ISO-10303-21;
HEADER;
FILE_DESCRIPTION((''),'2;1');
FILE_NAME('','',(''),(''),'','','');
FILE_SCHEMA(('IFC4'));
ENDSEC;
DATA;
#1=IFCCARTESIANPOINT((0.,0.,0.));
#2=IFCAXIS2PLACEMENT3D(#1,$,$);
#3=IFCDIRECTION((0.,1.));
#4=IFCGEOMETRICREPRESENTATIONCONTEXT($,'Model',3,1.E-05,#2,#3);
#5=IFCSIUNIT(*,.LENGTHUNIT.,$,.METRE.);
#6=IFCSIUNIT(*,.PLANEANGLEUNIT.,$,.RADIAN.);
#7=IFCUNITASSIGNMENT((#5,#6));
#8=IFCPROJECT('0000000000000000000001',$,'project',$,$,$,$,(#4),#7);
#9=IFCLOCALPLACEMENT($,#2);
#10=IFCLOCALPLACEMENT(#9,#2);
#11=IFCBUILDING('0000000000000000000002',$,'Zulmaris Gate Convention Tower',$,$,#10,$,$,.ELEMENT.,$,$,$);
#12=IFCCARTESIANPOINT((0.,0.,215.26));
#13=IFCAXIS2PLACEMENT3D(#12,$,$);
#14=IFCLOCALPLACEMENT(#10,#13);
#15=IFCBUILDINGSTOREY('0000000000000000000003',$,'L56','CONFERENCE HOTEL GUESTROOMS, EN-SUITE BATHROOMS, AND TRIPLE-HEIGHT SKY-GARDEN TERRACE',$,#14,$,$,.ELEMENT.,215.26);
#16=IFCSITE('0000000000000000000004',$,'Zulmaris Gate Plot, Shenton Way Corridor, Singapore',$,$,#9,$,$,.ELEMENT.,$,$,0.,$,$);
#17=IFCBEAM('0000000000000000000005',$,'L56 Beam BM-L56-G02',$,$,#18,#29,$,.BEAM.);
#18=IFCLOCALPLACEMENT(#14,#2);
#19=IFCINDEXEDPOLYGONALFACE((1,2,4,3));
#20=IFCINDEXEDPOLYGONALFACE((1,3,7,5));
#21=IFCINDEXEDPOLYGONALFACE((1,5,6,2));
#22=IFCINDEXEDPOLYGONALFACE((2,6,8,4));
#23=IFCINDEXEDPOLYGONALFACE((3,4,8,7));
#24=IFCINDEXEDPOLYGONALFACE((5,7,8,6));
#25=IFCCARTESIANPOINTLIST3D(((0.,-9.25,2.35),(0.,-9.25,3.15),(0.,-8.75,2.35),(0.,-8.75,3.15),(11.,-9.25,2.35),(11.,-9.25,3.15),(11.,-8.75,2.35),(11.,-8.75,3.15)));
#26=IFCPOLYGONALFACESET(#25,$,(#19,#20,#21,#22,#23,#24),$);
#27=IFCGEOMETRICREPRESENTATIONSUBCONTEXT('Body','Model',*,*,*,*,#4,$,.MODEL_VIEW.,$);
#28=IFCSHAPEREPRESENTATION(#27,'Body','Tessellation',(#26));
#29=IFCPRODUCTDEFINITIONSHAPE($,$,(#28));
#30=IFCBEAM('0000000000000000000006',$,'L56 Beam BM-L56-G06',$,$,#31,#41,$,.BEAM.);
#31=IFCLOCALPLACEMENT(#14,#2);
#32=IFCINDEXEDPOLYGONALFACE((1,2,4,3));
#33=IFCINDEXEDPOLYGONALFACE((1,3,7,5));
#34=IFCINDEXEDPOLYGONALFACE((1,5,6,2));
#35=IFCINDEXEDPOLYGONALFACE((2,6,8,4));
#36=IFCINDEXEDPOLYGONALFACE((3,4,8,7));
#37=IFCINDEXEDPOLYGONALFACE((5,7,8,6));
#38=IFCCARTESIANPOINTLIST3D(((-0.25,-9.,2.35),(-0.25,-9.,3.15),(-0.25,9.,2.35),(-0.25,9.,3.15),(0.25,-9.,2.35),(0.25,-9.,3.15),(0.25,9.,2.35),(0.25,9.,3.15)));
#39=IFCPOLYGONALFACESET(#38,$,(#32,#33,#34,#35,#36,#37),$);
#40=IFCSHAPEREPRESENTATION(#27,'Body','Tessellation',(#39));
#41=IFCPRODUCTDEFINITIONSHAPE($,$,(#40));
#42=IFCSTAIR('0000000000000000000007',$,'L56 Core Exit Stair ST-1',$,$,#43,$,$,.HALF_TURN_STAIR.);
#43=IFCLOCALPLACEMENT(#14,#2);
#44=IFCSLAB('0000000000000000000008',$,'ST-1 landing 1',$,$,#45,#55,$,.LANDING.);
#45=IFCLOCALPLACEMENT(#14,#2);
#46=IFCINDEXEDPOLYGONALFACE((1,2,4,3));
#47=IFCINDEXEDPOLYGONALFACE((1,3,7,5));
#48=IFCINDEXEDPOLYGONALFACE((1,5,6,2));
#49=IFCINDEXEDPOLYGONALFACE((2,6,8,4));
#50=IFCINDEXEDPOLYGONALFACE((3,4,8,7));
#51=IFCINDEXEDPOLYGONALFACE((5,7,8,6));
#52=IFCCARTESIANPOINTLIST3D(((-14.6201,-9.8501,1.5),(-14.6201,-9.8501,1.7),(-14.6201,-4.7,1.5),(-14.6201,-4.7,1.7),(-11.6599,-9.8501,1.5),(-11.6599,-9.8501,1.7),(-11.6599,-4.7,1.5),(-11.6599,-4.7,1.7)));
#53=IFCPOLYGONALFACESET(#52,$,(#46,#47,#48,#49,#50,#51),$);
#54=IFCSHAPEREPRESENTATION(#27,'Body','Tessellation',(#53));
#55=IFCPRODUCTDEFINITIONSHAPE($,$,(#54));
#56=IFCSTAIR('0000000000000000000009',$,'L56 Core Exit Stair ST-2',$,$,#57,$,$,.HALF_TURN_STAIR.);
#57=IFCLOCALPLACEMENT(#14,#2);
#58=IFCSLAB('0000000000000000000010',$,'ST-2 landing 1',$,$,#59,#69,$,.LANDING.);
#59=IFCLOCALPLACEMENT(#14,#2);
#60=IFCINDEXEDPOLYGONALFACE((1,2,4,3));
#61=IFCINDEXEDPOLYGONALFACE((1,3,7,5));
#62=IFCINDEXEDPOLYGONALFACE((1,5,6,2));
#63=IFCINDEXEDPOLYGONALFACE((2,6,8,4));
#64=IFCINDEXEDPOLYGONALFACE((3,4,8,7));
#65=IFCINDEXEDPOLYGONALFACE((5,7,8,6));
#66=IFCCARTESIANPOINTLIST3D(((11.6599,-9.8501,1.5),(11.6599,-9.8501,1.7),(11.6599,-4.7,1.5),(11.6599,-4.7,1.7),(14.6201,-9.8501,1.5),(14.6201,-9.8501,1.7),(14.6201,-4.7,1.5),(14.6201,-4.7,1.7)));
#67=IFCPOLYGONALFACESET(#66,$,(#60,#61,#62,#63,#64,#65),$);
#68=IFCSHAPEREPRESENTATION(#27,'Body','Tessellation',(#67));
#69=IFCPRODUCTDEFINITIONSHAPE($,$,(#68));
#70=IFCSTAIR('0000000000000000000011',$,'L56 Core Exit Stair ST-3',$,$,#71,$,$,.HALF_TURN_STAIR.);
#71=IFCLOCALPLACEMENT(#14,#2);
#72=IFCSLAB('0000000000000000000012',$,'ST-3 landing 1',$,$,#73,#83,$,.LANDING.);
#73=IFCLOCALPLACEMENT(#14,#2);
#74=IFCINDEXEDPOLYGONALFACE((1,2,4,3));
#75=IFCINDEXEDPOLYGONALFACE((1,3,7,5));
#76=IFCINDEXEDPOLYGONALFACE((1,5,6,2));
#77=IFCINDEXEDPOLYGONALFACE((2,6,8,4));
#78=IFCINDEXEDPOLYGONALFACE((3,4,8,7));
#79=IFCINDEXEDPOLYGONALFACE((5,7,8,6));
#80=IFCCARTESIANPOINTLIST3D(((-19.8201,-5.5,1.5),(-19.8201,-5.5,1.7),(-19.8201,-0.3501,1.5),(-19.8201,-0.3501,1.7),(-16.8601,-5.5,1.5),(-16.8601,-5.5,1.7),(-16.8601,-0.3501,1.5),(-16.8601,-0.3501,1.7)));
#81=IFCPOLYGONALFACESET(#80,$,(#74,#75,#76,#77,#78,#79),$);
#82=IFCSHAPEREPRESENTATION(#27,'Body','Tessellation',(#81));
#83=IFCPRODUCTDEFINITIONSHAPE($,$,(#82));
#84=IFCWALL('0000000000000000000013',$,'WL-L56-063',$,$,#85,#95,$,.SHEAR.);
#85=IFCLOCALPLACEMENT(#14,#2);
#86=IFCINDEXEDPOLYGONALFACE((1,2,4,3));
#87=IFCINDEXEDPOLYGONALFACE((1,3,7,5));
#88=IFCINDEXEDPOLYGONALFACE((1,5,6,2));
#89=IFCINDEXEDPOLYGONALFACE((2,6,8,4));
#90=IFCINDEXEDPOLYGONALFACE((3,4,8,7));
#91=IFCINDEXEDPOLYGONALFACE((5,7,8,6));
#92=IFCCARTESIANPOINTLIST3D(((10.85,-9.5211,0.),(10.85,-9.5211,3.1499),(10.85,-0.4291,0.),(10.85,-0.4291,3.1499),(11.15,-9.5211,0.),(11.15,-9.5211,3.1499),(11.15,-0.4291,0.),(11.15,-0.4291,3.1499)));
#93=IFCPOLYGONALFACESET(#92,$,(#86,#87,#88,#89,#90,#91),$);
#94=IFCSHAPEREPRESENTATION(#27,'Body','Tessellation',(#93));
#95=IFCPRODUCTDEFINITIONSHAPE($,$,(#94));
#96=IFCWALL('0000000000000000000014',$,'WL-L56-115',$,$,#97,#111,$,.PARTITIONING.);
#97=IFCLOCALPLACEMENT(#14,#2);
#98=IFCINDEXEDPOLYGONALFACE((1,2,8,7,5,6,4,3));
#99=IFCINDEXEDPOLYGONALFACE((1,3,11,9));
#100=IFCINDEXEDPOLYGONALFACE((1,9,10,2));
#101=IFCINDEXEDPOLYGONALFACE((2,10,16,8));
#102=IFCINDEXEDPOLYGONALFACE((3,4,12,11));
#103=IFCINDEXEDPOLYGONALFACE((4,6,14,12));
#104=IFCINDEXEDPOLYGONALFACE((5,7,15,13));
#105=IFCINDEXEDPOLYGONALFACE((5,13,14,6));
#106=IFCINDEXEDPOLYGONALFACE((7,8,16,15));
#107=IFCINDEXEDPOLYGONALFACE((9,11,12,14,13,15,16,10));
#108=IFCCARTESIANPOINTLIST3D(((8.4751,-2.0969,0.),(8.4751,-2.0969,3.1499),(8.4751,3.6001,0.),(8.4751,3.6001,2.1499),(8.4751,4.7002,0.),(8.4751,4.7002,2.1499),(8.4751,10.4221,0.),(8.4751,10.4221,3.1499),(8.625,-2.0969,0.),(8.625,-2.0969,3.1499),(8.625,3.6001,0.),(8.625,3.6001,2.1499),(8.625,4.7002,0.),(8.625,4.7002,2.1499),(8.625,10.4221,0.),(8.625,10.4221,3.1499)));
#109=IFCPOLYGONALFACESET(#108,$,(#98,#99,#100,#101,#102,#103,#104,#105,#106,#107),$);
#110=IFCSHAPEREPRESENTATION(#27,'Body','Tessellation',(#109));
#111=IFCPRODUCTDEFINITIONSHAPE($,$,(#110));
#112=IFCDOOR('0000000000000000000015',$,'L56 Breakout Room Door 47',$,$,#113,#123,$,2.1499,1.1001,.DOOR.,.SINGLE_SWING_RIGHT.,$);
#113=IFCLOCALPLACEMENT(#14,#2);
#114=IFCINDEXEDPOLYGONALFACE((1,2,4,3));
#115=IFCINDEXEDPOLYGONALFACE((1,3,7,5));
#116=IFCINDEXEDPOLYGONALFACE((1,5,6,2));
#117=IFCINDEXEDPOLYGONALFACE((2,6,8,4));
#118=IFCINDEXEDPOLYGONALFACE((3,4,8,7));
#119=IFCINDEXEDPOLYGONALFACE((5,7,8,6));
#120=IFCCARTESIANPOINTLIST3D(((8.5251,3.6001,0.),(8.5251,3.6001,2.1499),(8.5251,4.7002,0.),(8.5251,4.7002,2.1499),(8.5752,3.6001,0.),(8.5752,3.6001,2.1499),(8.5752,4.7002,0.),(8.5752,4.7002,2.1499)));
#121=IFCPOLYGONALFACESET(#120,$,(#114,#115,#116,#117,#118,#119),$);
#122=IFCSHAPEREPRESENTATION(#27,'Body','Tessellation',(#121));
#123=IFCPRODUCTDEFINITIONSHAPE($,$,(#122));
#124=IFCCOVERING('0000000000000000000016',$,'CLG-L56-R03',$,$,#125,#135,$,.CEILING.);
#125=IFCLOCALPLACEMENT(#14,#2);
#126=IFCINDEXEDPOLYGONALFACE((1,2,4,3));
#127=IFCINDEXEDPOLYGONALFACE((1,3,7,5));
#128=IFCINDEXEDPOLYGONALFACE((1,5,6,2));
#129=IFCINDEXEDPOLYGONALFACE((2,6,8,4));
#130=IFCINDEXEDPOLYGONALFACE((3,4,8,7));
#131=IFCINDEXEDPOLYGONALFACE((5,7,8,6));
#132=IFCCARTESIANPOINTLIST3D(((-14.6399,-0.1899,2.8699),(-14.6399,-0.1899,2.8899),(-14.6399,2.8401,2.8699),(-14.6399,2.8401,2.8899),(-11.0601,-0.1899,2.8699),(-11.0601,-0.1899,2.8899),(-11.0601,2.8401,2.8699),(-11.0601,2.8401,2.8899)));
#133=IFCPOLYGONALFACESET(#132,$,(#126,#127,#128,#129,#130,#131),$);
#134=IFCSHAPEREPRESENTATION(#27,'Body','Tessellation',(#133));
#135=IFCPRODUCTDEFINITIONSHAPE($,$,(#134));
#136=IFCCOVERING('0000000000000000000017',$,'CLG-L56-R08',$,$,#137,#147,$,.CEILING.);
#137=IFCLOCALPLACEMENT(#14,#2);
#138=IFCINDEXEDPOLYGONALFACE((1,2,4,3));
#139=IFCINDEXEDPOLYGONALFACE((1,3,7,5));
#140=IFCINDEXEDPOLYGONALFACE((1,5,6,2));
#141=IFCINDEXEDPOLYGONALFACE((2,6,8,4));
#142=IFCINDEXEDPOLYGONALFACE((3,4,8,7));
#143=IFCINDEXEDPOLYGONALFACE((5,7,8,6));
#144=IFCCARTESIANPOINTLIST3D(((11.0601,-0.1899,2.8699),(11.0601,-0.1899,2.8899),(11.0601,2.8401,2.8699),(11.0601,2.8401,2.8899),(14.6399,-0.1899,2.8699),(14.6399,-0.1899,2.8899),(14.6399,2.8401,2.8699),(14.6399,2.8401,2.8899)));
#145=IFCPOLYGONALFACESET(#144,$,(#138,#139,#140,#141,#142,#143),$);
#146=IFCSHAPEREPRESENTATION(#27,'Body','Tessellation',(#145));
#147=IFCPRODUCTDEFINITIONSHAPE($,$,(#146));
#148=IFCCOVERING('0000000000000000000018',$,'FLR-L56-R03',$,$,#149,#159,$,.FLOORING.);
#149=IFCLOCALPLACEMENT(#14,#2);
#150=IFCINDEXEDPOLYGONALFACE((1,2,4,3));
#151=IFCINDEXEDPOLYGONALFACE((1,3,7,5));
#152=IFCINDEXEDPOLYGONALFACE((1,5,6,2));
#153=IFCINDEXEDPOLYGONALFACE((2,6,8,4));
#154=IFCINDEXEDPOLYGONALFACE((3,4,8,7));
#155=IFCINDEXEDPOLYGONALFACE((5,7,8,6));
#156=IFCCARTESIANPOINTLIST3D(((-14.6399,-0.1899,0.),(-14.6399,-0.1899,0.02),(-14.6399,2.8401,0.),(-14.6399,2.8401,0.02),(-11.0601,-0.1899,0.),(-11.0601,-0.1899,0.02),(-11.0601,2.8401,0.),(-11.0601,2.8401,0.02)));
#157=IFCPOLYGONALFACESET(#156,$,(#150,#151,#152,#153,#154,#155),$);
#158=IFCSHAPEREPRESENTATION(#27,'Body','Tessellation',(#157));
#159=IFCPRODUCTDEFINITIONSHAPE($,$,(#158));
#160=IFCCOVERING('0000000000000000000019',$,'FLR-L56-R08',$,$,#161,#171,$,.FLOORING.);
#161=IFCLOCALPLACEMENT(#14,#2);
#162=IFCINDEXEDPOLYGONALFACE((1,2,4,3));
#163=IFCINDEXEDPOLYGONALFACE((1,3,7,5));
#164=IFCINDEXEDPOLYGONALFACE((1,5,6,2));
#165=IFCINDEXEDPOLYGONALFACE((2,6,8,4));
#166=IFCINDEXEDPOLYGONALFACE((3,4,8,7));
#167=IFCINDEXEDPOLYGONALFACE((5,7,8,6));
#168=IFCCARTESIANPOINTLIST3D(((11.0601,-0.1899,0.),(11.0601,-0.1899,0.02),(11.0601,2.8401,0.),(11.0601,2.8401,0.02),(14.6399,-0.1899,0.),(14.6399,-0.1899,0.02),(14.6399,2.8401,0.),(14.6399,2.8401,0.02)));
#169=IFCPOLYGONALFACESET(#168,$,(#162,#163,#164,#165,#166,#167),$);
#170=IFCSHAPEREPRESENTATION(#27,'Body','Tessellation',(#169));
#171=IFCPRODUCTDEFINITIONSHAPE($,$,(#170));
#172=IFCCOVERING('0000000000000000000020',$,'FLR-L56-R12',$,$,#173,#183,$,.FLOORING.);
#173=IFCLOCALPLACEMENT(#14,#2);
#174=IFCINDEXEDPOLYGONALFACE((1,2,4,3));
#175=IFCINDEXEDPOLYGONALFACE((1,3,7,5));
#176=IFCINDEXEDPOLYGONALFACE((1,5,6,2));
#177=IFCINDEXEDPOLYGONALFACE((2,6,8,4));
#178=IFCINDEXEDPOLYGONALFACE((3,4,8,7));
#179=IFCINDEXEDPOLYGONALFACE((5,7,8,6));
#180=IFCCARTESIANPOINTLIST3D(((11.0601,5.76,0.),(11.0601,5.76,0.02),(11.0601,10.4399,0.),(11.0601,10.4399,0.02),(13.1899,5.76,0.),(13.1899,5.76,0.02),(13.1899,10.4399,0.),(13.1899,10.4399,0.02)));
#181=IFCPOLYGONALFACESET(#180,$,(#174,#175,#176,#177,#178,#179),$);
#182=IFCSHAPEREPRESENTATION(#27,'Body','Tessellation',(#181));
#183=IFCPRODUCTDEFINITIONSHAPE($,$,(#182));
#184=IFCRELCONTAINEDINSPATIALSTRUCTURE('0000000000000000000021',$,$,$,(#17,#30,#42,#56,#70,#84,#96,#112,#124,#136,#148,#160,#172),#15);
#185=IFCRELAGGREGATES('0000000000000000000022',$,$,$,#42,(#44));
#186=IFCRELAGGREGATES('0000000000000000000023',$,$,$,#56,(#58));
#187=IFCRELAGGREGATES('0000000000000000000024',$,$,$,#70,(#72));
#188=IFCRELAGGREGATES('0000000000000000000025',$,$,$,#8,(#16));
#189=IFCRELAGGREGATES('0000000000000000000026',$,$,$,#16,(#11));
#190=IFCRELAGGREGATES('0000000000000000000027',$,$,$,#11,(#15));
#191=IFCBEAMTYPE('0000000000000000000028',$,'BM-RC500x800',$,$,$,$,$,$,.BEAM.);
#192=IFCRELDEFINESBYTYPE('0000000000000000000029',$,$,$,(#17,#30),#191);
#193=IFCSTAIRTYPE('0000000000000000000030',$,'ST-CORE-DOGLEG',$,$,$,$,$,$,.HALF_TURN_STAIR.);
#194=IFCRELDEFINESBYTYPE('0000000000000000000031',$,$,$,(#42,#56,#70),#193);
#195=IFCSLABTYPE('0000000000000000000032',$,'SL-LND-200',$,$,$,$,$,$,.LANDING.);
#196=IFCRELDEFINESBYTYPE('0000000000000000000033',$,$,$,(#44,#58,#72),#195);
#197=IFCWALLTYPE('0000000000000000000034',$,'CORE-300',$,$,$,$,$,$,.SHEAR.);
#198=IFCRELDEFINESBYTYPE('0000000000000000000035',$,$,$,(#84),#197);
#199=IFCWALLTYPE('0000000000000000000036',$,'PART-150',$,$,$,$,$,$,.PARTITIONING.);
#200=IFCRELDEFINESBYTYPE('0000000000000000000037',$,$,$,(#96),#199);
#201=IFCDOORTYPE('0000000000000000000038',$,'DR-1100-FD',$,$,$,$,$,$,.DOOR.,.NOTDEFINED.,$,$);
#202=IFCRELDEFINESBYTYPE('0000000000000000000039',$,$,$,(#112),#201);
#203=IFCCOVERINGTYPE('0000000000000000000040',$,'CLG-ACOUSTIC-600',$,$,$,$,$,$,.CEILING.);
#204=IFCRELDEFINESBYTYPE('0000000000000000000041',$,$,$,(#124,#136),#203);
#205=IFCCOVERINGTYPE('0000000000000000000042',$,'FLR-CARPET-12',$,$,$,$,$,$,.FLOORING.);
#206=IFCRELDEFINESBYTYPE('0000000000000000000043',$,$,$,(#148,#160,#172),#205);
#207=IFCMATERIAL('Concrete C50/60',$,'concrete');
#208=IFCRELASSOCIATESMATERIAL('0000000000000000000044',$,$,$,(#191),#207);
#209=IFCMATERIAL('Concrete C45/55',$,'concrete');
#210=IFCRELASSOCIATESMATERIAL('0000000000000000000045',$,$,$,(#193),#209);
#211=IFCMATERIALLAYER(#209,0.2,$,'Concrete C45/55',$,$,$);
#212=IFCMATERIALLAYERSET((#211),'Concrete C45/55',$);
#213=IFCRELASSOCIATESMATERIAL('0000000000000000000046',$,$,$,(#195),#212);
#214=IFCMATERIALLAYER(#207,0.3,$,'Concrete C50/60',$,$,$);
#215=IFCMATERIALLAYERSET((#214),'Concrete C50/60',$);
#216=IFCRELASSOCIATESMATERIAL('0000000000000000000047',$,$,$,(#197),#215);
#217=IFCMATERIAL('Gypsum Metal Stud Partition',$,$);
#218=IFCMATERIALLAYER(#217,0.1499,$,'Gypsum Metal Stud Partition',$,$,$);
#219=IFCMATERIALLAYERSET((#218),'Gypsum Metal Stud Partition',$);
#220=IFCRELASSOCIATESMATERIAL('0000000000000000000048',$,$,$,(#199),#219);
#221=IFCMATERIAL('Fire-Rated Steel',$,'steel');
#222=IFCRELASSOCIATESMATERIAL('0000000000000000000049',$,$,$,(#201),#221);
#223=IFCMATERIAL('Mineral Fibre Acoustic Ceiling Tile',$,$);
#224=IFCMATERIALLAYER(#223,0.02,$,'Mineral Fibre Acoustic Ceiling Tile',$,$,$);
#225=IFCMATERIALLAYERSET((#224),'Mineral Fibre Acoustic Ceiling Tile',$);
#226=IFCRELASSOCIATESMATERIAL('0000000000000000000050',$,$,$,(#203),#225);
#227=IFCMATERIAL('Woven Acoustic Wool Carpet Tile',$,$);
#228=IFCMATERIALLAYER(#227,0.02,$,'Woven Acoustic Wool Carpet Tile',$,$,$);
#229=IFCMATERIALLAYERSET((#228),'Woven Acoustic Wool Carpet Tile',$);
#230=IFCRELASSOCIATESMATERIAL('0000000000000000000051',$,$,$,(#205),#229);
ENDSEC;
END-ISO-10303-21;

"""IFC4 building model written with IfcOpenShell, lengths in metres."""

from ifc_helpers import new_model, si_unit, direction, frame, frame_2d, origin, origin_2d, place, context, subcontext, project, spatial, polyline, rectangle, outline, extrude, material, layer, layer_set, material_profile, profile_set, type_object, element, fill, aggregate, save


model = new_model("IFC4")

# Units and contexts
model_context = context("Model", 3, precision=1e-05, world=origin(), true_north=direction((0.0, 1.0)))
body_context = subcontext(model_context, "Body", "Model", "MODEL_VIEW")
ifc_project = project(units=[si_unit("LENGTHUNIT", "METRE"), si_unit("PLANEANGLEUNIT", "RADIAN")], contexts=[model_context])

# Site, building, storey
site_placement = place(None, origin())
site = spatial("IfcSite", under=ifc_project, at=site_placement, Name="Zulmaris Gate Plot, Shenton Way Corridor, Singapore", CompositionType="ELEMENT", RefElevation=0.0)
building_placement = place(site_placement, origin())
building = spatial("IfcBuilding", under=site, at=building_placement, Name="Zulmaris Gate Convention Tower", CompositionType="ELEMENT")
storey_placement = place(building_placement, frame((0.0, 0.0, 215.26)))
storey = spatial("IfcBuildingStorey", under=building, at=storey_placement, Name="L56", Description="CONFERENCE HOTEL GUESTROOMS, EN-SUITE BATHROOMS, AND TRIPLE-HEIGHT SKY-GARDEN TERRACE", CompositionType="ELEMENT", Elevation=215.26)

# Beams
ifc_material_1 = material(Name="Concrete C50/60", Category="concrete")
ifc_material_profile = material_profile(ifc_material_1, rectangle(XDim=0.5, YDim=0.8, at=origin_2d()), Name="RC BEAM 500x800")
ifc_profile_set = profile_set([ifc_material_profile], Name="Concrete C50/60")
beam_type = type_object("IfcBeamType", Name="BM-RC500x800", PredefinedType="BEAM", material=ifc_profile_set)
beam_1_placement = place(storey_placement, frame((0.0, -9.0, 2.75), z_axis=(1.0, 0.0, 0.0), x_axis=(0.0, 1.0, 0.0)))
element("IfcBeam", 1, at=beam_1_placement, inside=storey, type_object=beam_type, Name="L56 Beam BM-L56-G02", PredefinedType="BEAM", context=body_context, shape_type="SweptSolid", body=[
    extrude(rectangle(XDim=0.5, YDim=0.8, at=origin_2d()), origin(), (0.0, 0.0, 1.0), 11.0),
])
beam_2_placement = place(storey_placement, frame((0.0, -9.0, 2.75), z_axis=(0.0, 1.0, 0.0), x_axis=(-1.0, 0.0, 0.0)))
element("IfcBeam", 2, at=beam_2_placement, inside=storey, type_object=beam_type, Name="L56 Beam BM-L56-G06", PredefinedType="BEAM", context=body_context, shape_type="SweptSolid", body=[
    extrude(rectangle(XDim=0.5, YDim=0.8, at=origin_2d()), origin(), (0.0, 0.0, 1.0), 18.0),
])

# Stairs, slabs
ifc_material_2 = material(Name="Concrete C45/55", Category="concrete")
stair_type = type_object("IfcStairType", Name="ST-CORE-DOGLEG", PredefinedType="HALF_TURN_STAIR", material=ifc_material_2)
stair_1_placement = place(storey_placement, origin())
stair_1 = element("IfcStair", 3, at=stair_1_placement, inside=storey, type_object=stair_type, Name="L56 Core Exit Stair ST-1", PredefinedType="HALF_TURN_STAIR")
ifc_layer_1 = layer(ifc_material_2, 0.2, Name="Concrete C45/55")
ifc_layer_set_1 = layer_set([ifc_layer_1], Name="Concrete C45/55")
slab_type = type_object("IfcSlabType", Name="SL-LND-200", PredefinedType="LANDING", material=ifc_layer_set_1)
slab_1_placement = place(storey_placement, frame((0.0, 0.0, 1.5)))
slab_1 = element("IfcSlab", 4, at=slab_1_placement, type_object=slab_type, Name="ST-1 landing 1", PredefinedType="LANDING", context=body_context, shape_type="SweptSolid", body=[
    extrude(outline(polyline([(-14.6201, -4.7), (-14.6201, -9.8501), (-11.6599, -9.8501), (-11.6599, -4.7), (-14.6201, -4.7)])), origin(), (0.0, 0.0, 1.0), 0.2),
])
aggregate(stair_1, [slab_1])
stair_2_placement = place(storey_placement, origin())
stair_2 = element("IfcStair", 5, at=stair_2_placement, inside=storey, type_object=stair_type, Name="L56 Core Exit Stair ST-2", PredefinedType="HALF_TURN_STAIR")
slab_2_placement = place(storey_placement, frame((0.0, 0.0, 1.5)))
slab_2 = element("IfcSlab", 6, at=slab_2_placement, type_object=slab_type, Name="ST-2 landing 1", PredefinedType="LANDING", context=body_context, shape_type="SweptSolid", body=[
    extrude(outline(polyline([(11.6599, -4.7), (11.6599, -9.8501), (14.6201, -9.8501), (14.6201, -4.7), (11.6599, -4.7)])), origin(), (0.0, 0.0, 1.0), 0.2),
])
aggregate(stair_2, [slab_2])
stair_3_placement = place(storey_placement, origin())
stair_3 = element("IfcStair", 7, at=stair_3_placement, inside=storey, type_object=stair_type, Name="L56 Core Exit Stair ST-3", PredefinedType="HALF_TURN_STAIR")
slab_3_placement = place(storey_placement, frame((0.0, 0.0, 1.5)))
slab_3 = element("IfcSlab", 8, at=slab_3_placement, type_object=slab_type, Name="ST-3 landing 1", PredefinedType="LANDING", context=body_context, shape_type="SweptSolid", body=[
    extrude(outline(polyline([(-16.8601, -5.5), (-16.8601, -0.3501), (-19.8201, -0.3501), (-19.8201, -5.5), (-16.8601, -5.5)])), origin(), (0.0, 0.0, 1.0), 0.2),
])
aggregate(stair_3, [slab_3])

# Wall
ifc_layer_2 = layer(ifc_material_1, 0.3, Name="Concrete C50/60")
ifc_layer_set_2 = layer_set([ifc_layer_2], Name="Concrete C50/60")
wall_type_1 = type_object("IfcWallType", Name="CORE-300", PredefinedType="SHEAR", material=ifc_layer_set_2)
wall_1_placement = place(storey_placement, frame((11.0, -9.521, 0.0), z_axis=(0.0, 0.0, 1.0), x_axis=(0.0, 1.0, 0.0)))
element("IfcWall", 9, at=wall_1_placement, inside=storey, type_object=wall_type_1, Name="WL-L56-063", PredefinedType="SHEAR", context=body_context, shape_type="SweptSolid", body=[
    extrude(rectangle(XDim=9.092, YDim=0.3, at=frame_2d((4.5459, 0.0))), origin(), (0.0, 0.0, 1.0), 3.1499),
])

# Wall, opening, door
ifc_material_3 = material(Name="Gypsum Metal Stud Partition")
ifc_layer_3 = layer(ifc_material_3, 0.1499, Name="Gypsum Metal Stud Partition")
ifc_layer_set_3 = layer_set([ifc_layer_3], Name="Gypsum Metal Stud Partition")
wall_type_2 = type_object("IfcWallType", Name="PART-150", PredefinedType="PARTITIONING", material=ifc_layer_set_3)
wall_2_placement = place(storey_placement, frame((8.55, -2.0969, 0.0), z_axis=(0.0, 0.0, 1.0), x_axis=(0.0, 1.0, 0.0)))
wall_2 = element("IfcWall", 10, at=wall_2_placement, inside=storey, type_object=wall_type_2, Name="WL-L56-115", PredefinedType="PARTITIONING", context=body_context, shape_type="SweptSolid", body=[
    extrude(rectangle(XDim=12.519, YDim=0.1499, at=frame_2d((6.2595, 0.0))), origin(), (0.0, 0.0, 1.0), 3.1499),
])
opening_1_placement = place(wall_2_placement, frame((5.697, 0.0, 0.0)))
opening_1 = element("IfcOpeningElement", 11, at=opening_1_placement, cuts=wall_2, PredefinedType="OPENING", context=body_context, shape_type="SweptSolid", body=[
    extrude(rectangle(XDim=1.1001, YDim=2.1499, at=frame_2d((0.55, 1.075))), frame((0.0, 0.085, 0.0), z_axis=(0.0, -1.0, 0.0), x_axis=(1.0, 0.0, 0.0)), (0.0, 0.0, 1.0), 0.1699),
])
ifc_material_4 = material(Name="Fire-Rated Steel", Category="steel")
door_type_1 = type_object("IfcDoorType", Name="DR-1100-FD", OperationType="NOTDEFINED", PredefinedType="DOOR", material=ifc_material_4)
door_1_placement = place(opening_1_placement, origin())
door_1 = element("IfcDoor", 12, at=door_1_placement, inside=storey, type_object=door_type_1, Name="L56 Breakout Room Door 47", OperationType="SINGLE_SWING_RIGHT", OverallHeight=2.1499, OverallWidth=1.1001, PredefinedType="DOOR", context=body_context, shape_type="SweptSolid", body=[
    extrude(rectangle(XDim=1.1001, YDim=2.1499, at=frame_2d((0.55, 1.075))), frame((0.0, 0.0249, 0.0), z_axis=(0.0, -1.0, 0.0), x_axis=(1.0, 0.0, 0.0)), (0.0, 0.0, 1.0), 0.05),
])
fill(opening_1, door_1)

# Coverings
ifc_material_5 = material(Name="Mineral Fibre Acoustic Ceiling Tile")
ifc_layer_4 = layer(ifc_material_5, 0.02, Name="Mineral Fibre Acoustic Ceiling Tile")
ifc_layer_set_4 = layer_set([ifc_layer_4], Name="Mineral Fibre Acoustic Ceiling Tile")
covering_type_1 = type_object("IfcCoveringType", Name="CLG-ACOUSTIC-600", PredefinedType="CEILING", material=ifc_layer_set_4)
covering_1_placement = place(storey_placement, frame((0.0, 0.0, 2.8699)))
element("IfcCovering", 13, at=covering_1_placement, inside=storey, type_object=covering_type_1, Name="CLG-L56-R03", PredefinedType="CEILING", context=body_context, shape_type="SweptSolid", body=[
    extrude(outline(polyline([(-14.6399, -0.1899), (-11.0601, -0.1899), (-11.0601, 2.8401), (-14.6399, 2.8401), (-14.6399, -0.1899)])), origin(), (0.0, 0.0, 1.0), 0.02),
])
covering_2_placement = place(storey_placement, frame((0.0, 0.0, 2.8699)))
element("IfcCovering", 14, at=covering_2_placement, inside=storey, type_object=covering_type_1, Name="CLG-L56-R08", PredefinedType="CEILING", context=body_context, shape_type="SweptSolid", body=[
    extrude(outline(polyline([(11.0601, -0.1899), (14.6399, -0.1899), (14.6399, 2.8401), (11.0601, 2.8401), (11.0601, -0.1899)])), origin(), (0.0, 0.0, 1.0), 0.02),
])
ifc_material_6 = material(Name="Woven Acoustic Wool Carpet Tile")
ifc_layer_5 = layer(ifc_material_6, 0.02, Name="Woven Acoustic Wool Carpet Tile")
ifc_layer_set_5 = layer_set([ifc_layer_5], Name="Woven Acoustic Wool Carpet Tile")
covering_type_2 = type_object("IfcCoveringType", Name="FLR-CARPET-12", PredefinedType="FLOORING", material=ifc_layer_set_5)
covering_3_placement = place(storey_placement, origin())
element("IfcCovering", 15, at=covering_3_placement, inside=storey, type_object=covering_type_2, Name="FLR-L56-R03", PredefinedType="FLOORING", context=body_context, shape_type="SweptSolid", body=[
    extrude(outline(polyline([(-14.6399, -0.1899), (-11.0601, -0.1899), (-11.0601, 2.8401), (-14.6399, 2.8401), (-14.6399, -0.1899)])), origin(), (0.0, 0.0, 1.0), 0.02),
])
covering_4_placement = place(storey_placement, origin())
element("IfcCovering", 16, at=covering_4_placement, inside=storey, type_object=covering_type_2, Name="FLR-L56-R08", PredefinedType="FLOORING", context=body_context, shape_type="SweptSolid", body=[
    extrude(outline(polyline([(11.0601, -0.1899), (14.6399, -0.1899), (14.6399, 2.8401), (11.0601, 2.8401), (11.0601, -0.1899)])), origin(), (0.0, 0.0, 1.0), 0.02),
])
covering_5_placement = place(storey_placement, origin())
element("IfcCovering", 17, at=covering_5_placement, inside=storey, type_object=covering_type_2, Name="FLR-L56-R12", PredefinedType="FLOORING", context=body_context, shape_type="SweptSolid", body=[
    extrude(outline(polyline([(11.0601, 5.76), (13.1899, 5.76), (13.1899, 10.4399), (11.0601, 10.4399), (11.0601, 5.76)])), origin(), (0.0, 0.0, 1.0), 0.02),
])

save(model, "model.ifc")
